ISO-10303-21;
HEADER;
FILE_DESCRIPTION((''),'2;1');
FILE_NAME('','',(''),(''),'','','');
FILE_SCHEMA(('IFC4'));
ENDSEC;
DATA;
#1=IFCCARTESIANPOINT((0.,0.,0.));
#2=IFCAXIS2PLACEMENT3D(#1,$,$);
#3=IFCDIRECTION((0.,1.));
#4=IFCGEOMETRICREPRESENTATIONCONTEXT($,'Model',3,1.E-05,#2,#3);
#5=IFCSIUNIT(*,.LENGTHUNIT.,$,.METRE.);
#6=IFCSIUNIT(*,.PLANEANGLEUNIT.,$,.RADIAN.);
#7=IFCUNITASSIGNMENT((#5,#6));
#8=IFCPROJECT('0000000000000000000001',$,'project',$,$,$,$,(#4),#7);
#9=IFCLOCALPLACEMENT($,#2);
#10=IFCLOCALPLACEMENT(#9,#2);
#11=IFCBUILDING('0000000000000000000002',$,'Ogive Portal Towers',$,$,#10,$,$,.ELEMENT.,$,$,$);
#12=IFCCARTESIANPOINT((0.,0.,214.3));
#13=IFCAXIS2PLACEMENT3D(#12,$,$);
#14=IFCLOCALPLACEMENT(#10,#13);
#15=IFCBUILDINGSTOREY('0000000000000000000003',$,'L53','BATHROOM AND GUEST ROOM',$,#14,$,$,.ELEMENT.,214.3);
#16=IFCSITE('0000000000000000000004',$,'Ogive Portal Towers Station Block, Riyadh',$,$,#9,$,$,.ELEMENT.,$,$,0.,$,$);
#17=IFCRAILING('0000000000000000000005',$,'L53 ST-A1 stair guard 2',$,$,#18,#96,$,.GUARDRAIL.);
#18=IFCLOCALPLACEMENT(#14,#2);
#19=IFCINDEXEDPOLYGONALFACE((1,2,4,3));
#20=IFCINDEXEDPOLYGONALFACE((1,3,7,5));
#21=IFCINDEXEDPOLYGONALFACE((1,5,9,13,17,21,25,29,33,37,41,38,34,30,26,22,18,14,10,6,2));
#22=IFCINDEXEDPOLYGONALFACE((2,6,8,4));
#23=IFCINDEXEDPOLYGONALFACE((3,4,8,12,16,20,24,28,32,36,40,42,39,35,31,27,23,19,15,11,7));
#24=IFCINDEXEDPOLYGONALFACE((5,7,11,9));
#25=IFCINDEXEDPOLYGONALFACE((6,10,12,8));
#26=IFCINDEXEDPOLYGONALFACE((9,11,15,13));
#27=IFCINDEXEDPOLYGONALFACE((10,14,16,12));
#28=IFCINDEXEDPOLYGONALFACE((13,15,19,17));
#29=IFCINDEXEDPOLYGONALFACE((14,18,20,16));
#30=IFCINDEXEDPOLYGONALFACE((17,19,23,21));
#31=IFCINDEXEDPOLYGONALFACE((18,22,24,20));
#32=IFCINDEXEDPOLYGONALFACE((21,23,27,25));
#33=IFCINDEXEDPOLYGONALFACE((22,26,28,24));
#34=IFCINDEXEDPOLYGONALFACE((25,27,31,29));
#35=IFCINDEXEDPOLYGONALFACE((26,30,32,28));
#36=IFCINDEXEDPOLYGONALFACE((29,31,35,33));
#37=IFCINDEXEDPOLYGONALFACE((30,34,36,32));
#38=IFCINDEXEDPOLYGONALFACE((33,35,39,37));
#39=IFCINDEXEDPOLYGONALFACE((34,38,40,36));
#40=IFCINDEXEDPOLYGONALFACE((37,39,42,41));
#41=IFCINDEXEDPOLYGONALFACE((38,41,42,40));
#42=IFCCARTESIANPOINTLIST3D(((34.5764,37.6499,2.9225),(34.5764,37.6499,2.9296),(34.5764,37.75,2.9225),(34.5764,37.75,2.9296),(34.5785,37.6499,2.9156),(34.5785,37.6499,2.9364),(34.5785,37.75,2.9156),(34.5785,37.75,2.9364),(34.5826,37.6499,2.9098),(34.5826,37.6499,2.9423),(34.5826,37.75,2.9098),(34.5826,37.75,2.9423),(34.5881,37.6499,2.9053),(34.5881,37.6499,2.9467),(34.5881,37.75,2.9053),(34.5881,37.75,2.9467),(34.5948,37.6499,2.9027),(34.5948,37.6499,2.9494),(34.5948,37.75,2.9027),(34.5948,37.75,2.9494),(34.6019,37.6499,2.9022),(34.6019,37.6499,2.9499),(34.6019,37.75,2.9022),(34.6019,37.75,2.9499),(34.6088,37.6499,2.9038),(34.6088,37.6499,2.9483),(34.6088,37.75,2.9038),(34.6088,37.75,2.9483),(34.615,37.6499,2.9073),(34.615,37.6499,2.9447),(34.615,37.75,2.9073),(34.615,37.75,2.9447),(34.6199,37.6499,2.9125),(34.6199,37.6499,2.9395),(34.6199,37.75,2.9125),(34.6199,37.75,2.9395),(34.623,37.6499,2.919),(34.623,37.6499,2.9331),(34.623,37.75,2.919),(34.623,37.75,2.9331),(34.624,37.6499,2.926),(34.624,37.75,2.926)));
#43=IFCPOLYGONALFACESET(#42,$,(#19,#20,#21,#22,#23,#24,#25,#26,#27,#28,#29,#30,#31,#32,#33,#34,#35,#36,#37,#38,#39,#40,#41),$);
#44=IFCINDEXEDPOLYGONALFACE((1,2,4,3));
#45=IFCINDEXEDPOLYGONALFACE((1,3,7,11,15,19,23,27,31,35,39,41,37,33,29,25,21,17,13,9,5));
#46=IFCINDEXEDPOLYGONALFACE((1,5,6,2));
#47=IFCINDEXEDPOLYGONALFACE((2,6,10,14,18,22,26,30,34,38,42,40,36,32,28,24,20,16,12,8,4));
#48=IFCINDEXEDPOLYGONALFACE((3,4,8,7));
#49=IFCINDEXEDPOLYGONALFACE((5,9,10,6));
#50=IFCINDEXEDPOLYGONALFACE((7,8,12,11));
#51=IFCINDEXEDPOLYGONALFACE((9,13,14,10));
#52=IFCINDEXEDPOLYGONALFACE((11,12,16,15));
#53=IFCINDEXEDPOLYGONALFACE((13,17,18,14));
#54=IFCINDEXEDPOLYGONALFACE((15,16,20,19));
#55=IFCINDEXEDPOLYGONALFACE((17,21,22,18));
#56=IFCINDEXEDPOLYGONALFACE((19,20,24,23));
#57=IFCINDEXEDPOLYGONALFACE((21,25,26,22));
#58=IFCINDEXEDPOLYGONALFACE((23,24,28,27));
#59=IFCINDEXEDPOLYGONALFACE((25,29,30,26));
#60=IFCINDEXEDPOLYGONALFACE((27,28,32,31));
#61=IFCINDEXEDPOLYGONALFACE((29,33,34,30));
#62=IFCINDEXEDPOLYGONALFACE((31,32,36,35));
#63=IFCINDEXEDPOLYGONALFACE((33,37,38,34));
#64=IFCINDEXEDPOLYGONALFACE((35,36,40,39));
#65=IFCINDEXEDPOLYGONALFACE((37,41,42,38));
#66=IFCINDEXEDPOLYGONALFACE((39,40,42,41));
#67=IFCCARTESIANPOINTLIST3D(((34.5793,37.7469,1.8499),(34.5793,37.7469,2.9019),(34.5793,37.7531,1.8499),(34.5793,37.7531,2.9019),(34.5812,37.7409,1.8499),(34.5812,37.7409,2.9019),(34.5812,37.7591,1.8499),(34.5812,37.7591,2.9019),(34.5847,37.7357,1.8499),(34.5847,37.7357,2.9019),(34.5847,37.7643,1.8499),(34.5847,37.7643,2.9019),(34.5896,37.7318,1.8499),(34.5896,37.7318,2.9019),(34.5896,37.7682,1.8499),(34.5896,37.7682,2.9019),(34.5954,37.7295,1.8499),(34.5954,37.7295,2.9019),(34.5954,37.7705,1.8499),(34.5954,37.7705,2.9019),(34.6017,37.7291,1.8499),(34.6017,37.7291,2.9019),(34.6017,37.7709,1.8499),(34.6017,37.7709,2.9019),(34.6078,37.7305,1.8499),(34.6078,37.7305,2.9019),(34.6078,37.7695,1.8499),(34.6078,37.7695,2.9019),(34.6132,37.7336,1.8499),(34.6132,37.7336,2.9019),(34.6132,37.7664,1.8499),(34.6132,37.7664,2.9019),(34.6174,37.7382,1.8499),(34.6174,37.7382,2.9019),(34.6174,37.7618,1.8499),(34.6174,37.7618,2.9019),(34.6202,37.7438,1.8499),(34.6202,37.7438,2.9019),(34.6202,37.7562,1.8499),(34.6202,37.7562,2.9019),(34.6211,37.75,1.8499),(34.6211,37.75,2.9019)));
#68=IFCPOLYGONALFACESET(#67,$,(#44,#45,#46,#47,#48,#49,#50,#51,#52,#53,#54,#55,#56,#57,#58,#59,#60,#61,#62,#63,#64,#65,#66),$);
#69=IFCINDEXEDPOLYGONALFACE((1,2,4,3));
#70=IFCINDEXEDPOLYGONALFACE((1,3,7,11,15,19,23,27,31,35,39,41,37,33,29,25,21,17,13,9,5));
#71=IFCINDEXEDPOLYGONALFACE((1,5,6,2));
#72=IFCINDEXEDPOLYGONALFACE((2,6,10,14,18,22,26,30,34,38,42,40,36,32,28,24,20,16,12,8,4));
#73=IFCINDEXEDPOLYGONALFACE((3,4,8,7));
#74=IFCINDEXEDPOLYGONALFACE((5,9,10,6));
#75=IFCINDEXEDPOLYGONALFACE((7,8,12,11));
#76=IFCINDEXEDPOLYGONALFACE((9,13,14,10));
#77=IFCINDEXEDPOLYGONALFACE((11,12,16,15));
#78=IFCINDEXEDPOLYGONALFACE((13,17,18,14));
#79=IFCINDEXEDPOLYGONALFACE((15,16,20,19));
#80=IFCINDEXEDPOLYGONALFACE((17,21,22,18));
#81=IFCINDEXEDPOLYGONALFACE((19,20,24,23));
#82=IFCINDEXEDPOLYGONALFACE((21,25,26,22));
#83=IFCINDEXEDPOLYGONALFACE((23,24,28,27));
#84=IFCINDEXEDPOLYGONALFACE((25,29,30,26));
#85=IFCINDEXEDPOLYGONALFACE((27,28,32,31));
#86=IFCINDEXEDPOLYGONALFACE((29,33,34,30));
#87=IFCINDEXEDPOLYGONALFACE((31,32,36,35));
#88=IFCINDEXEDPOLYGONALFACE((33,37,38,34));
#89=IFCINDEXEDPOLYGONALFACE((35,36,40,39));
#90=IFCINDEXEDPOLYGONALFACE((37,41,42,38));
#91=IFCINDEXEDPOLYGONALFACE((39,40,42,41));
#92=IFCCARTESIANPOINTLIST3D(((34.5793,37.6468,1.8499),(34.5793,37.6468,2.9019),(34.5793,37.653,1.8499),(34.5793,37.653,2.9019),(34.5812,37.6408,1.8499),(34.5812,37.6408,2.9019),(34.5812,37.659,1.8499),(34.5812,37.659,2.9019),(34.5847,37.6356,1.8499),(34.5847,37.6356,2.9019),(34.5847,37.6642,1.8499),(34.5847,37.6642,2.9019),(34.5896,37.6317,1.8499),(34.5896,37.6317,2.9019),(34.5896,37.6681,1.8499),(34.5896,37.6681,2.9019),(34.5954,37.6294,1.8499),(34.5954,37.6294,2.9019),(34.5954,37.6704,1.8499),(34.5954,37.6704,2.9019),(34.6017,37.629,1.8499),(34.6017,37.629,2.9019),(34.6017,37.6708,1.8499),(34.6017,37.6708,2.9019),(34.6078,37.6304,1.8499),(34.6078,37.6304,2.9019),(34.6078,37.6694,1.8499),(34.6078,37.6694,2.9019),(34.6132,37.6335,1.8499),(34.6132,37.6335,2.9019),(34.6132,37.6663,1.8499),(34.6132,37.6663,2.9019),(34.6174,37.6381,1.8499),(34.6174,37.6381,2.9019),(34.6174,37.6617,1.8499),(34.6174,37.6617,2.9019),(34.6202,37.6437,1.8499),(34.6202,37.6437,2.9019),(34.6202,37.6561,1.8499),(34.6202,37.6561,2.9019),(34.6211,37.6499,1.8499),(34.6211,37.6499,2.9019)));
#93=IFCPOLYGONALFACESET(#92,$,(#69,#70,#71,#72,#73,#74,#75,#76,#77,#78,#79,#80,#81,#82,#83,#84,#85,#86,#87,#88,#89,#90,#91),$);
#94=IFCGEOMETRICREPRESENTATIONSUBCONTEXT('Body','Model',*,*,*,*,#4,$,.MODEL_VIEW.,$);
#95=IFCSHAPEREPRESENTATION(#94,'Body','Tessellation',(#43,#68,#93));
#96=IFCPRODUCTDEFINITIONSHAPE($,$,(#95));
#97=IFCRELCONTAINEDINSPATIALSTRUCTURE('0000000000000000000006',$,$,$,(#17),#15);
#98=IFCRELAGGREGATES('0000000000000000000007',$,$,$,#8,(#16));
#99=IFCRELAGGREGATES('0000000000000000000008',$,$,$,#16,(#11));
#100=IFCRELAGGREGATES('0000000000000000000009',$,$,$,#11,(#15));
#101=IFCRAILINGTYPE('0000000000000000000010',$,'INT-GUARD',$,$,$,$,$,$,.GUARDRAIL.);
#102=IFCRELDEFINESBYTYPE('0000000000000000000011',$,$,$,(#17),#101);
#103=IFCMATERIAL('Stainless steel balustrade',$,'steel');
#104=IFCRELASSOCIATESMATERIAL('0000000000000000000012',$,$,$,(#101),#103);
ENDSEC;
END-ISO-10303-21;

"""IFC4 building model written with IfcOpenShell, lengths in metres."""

from ifc_helpers import new_model, si_unit, direction, frame, origin, origin_2d, place, context, subcontext, project, spatial, circle, extrude, material, type_object, element, save


model = new_model("IFC4")

# Units and contexts
model_context = context("Model", 3, precision=1e-05, world=origin(), true_north=direction((0.0, 1.0)))
body_context = subcontext(model_context, "Body", "Model", "MODEL_VIEW")
ifc_project = project(units=[si_unit("LENGTHUNIT", "METRE"), si_unit("PLANEANGLEUNIT", "RADIAN")], contexts=[model_context])

# Site, building, storey
site_placement = place(None, origin())
site = spatial("IfcSite", under=ifc_project, at=site_placement, Name="Ogive Portal Towers Station Block, Riyadh", CompositionType="ELEMENT", RefElevation=0.0)
building_placement = place(site_placement, origin())
building = spatial("IfcBuilding", under=site, at=building_placement, Name="Ogive Portal Towers", CompositionType="ELEMENT")
storey_placement = place(building_placement, frame((0.0, 0.0, 214.3)))
storey = spatial("IfcBuildingStorey", under=building, at=storey_placement, Name="L53", Description="BATHROOM AND GUEST ROOM", CompositionType="ELEMENT", Elevation=214.3)

# Railing
ifc_material_1 = material(Name="Stainless steel balustrade", Category="steel")
railing_type_1 = type_object("IfcRailingType", Name="INT-GUARD", PredefinedType="GUARDRAIL", material=ifc_material_1)
railing_1_placement = place(storey_placement, frame((34.6001, 37.75, 1.8499)))
element("IfcRailing", 1, at=railing_1_placement, inside=storey, type_object=railing_type_1, Name="L53 ST-A1 stair guard 2", PredefinedType="GUARDRAIL", context=body_context, shape_type="SweptSolid", body=[
    extrude(circle(Radius=0.0239, at=origin_2d()), frame((0.0, 0.0, 1.0762), z_axis=(0.0, -1.0, 0.0), x_axis=(1.0, 0.0, 0.0)), (0.0, 0.0, 1.0), 0.1001),
    extrude(circle(Radius=0.021, at=origin_2d()), origin(), (0.0, 0.0, 1.0), 1.052),
    extrude(circle(Radius=0.021, at=origin_2d()), frame((0.0, -0.1001, 0.0)), (0.0, 0.0, 1.0), 1.052),
])

save(model, "model.ifc")
